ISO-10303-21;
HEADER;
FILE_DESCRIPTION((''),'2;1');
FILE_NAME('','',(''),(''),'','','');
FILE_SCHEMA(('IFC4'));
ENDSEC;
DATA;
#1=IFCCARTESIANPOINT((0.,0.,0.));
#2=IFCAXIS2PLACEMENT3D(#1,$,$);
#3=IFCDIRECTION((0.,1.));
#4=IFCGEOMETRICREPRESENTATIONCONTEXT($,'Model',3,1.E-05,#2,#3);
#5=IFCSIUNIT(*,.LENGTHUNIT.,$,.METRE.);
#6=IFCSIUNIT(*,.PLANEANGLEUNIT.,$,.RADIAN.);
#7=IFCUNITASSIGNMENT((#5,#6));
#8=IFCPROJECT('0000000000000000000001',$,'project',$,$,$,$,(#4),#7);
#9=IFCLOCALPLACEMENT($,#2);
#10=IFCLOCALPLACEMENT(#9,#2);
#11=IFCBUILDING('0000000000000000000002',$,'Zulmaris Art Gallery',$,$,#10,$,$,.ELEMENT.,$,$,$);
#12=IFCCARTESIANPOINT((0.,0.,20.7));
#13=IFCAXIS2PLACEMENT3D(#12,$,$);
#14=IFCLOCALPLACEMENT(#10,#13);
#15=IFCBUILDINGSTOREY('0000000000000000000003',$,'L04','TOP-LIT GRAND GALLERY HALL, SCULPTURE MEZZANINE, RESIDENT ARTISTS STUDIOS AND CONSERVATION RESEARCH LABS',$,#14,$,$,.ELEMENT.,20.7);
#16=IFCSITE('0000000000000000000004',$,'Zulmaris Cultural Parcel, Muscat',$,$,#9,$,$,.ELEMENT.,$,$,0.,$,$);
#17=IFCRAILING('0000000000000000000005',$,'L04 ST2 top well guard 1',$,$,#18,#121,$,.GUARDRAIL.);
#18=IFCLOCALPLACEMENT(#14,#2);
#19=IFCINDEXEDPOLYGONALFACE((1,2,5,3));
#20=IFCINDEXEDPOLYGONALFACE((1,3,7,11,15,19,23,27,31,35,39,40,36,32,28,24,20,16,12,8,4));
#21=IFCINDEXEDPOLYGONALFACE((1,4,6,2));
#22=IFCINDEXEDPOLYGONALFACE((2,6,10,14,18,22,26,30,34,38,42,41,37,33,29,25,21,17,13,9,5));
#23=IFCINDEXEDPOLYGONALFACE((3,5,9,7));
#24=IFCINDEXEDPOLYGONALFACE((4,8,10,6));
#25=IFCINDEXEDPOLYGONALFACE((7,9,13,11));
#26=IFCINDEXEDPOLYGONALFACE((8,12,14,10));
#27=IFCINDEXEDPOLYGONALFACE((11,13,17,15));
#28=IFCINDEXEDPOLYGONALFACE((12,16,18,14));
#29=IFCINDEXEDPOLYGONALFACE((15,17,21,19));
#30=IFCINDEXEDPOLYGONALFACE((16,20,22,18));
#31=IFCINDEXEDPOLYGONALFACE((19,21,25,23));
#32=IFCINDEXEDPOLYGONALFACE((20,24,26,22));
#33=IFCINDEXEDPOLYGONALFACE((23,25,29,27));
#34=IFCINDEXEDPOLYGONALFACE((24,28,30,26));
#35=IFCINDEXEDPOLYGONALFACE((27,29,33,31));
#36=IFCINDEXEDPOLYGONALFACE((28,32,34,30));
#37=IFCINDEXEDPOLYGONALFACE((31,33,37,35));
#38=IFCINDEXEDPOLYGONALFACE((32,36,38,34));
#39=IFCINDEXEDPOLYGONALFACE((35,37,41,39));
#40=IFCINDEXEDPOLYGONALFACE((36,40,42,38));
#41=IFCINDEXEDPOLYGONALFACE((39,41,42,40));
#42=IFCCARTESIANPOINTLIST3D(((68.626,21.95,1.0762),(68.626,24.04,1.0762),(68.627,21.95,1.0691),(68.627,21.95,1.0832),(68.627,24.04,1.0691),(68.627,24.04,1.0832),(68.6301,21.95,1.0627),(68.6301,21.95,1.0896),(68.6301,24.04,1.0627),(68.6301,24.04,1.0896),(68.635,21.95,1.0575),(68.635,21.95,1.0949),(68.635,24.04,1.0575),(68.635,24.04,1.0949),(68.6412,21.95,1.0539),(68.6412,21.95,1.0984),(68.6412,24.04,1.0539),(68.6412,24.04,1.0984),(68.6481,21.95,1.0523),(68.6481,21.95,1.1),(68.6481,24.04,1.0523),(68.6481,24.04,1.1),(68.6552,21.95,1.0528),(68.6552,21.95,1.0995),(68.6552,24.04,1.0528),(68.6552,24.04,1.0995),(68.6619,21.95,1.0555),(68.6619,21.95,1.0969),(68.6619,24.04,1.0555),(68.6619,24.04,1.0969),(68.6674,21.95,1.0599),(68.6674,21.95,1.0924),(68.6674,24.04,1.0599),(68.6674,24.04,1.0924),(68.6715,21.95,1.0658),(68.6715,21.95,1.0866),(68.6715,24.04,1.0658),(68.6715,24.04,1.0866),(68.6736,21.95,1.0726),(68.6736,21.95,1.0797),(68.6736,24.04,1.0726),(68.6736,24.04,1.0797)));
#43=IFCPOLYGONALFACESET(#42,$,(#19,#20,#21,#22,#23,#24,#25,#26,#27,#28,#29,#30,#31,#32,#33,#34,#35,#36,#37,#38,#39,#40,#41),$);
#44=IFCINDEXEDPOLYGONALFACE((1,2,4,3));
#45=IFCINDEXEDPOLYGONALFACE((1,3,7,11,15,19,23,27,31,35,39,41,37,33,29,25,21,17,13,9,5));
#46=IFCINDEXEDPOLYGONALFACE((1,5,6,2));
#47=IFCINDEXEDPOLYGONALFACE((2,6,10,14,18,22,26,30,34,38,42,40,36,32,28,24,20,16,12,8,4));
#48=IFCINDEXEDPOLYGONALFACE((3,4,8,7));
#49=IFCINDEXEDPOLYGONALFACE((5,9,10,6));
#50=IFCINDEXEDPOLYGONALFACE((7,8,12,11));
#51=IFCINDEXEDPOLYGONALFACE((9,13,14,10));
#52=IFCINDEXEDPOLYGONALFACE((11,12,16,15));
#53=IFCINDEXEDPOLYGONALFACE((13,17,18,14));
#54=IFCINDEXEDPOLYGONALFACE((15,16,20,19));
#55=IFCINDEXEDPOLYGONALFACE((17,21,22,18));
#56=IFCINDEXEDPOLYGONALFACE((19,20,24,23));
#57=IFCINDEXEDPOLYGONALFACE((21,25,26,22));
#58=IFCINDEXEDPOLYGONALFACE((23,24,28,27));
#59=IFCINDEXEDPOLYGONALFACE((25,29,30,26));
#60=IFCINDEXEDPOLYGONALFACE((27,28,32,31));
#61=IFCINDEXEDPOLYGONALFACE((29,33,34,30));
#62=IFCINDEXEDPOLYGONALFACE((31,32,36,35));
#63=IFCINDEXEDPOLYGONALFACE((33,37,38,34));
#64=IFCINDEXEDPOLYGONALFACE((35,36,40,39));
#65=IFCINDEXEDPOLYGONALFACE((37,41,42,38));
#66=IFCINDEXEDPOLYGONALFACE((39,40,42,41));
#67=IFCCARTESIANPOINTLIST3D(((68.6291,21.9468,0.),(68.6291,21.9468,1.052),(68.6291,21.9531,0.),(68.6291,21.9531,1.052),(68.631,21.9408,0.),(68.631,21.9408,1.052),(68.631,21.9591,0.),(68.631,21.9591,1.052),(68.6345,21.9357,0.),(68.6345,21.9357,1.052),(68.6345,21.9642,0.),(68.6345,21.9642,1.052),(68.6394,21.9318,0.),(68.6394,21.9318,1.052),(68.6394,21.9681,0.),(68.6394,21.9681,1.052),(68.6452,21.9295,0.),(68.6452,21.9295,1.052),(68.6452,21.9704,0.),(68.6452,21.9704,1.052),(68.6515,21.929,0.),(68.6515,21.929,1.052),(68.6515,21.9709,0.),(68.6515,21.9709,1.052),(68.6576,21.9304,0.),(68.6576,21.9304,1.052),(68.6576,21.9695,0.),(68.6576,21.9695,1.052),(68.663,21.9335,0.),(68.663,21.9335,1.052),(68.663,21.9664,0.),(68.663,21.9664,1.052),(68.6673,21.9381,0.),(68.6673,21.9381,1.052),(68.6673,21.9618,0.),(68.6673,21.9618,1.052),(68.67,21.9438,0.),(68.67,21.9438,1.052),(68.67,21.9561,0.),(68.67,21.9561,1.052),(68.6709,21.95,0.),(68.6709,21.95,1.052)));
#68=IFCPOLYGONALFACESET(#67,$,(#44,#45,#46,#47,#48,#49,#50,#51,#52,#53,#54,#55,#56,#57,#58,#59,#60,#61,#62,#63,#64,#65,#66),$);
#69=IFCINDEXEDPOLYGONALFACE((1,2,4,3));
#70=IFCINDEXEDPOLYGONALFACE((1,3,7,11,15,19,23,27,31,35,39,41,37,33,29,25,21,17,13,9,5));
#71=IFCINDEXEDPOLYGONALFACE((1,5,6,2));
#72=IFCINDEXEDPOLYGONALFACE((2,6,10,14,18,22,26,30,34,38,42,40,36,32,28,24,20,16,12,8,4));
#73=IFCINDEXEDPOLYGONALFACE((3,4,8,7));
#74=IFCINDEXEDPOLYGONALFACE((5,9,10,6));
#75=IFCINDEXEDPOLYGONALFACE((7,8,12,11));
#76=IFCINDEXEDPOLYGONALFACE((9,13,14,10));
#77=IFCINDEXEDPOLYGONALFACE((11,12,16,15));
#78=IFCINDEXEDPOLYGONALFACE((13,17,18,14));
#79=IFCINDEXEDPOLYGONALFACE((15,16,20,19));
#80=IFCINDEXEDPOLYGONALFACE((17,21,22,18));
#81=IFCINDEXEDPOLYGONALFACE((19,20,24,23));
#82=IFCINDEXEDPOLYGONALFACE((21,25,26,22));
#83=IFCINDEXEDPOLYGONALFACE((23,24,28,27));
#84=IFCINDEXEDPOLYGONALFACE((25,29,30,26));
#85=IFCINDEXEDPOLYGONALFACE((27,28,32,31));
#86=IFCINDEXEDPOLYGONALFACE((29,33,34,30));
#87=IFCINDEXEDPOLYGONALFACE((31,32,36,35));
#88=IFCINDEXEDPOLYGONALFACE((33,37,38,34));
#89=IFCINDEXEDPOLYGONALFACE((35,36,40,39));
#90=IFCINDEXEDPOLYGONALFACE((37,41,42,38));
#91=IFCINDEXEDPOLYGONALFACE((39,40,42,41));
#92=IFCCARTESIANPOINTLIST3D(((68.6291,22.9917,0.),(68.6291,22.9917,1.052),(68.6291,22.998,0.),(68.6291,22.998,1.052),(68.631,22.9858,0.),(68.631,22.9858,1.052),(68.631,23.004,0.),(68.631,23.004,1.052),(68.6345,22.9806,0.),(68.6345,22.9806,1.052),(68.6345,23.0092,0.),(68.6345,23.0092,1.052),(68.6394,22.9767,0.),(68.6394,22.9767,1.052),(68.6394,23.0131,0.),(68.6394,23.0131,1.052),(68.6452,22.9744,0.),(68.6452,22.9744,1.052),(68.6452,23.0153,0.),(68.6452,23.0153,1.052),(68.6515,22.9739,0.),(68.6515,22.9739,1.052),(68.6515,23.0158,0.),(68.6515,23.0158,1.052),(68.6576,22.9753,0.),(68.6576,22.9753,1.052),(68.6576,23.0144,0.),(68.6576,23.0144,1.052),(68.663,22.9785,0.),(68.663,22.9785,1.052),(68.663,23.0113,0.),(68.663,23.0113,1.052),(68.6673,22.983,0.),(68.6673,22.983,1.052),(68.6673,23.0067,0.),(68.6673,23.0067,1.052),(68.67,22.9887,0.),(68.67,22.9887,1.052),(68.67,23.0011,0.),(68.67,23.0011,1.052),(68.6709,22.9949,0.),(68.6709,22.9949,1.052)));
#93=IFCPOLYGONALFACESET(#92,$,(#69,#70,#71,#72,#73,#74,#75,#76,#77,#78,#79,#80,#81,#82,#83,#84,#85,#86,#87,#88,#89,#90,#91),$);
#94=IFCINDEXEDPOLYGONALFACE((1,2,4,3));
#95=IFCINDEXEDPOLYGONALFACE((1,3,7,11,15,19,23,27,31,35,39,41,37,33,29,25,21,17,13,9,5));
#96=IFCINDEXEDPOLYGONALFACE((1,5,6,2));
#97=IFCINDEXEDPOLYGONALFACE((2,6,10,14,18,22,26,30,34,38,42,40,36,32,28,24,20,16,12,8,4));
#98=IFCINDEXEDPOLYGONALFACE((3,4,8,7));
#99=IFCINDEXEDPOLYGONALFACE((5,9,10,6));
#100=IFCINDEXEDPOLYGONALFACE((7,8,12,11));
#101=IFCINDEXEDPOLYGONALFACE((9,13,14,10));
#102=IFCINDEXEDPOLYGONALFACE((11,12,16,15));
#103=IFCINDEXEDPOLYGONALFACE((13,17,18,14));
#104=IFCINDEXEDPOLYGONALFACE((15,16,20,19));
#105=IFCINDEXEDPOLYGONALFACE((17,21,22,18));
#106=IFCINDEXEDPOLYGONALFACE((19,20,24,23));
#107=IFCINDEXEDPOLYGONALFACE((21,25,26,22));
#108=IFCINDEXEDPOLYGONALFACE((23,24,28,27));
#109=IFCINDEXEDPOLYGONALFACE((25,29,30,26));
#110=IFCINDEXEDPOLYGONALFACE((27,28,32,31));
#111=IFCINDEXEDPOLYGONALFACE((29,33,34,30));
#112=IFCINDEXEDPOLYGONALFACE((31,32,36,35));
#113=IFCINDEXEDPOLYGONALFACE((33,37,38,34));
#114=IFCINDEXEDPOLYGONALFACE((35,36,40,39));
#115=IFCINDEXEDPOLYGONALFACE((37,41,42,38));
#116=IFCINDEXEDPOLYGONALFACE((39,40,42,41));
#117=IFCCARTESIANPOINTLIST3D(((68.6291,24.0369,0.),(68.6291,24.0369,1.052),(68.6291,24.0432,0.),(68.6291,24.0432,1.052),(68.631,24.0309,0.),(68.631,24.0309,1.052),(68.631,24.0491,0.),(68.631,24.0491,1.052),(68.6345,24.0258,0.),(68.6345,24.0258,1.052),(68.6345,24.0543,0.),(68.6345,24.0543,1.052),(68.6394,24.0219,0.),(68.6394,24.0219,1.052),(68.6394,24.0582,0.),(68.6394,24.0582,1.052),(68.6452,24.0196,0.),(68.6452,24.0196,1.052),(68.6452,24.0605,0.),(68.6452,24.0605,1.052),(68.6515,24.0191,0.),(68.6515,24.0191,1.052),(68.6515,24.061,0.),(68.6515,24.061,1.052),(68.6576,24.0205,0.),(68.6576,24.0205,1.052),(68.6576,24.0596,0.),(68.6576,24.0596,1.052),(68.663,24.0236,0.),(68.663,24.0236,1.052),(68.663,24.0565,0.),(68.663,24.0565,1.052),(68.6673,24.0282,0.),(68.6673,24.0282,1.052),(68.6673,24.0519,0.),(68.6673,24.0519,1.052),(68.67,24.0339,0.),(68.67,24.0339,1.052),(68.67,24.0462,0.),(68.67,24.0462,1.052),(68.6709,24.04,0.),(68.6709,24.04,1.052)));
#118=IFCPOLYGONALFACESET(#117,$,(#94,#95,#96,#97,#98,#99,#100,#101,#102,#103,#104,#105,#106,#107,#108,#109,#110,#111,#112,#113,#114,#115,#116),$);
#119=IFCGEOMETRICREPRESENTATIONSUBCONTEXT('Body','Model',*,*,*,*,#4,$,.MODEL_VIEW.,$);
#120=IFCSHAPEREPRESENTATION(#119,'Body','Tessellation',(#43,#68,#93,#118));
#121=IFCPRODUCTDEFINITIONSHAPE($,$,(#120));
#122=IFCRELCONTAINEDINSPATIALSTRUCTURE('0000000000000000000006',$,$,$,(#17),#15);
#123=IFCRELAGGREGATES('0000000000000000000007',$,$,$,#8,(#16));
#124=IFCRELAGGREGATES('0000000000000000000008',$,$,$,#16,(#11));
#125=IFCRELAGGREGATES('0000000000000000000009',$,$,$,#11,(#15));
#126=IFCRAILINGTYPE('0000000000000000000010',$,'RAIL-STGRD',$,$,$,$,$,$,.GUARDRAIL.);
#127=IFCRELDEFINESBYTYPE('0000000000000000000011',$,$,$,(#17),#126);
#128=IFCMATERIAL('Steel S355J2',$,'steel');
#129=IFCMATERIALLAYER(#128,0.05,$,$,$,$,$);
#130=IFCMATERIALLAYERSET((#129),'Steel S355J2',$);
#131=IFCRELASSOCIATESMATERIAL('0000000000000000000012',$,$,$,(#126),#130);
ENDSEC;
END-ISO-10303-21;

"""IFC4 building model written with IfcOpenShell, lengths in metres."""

from ifc_helpers import new_model, si_unit, direction, frame, origin, origin_2d, place, context, subcontext, project, spatial, circle, extrude, material, layer, layer_set, type_object, element, save


model = new_model("IFC4")

# Units and contexts
model_context = context("Model", 3, precision=1e-05, world=origin(), true_north=direction((0.0, 1.0)))
body_context = subcontext(model_context, "Body", "Model", "MODEL_VIEW")
ifc_project = project(units=[si_unit("LENGTHUNIT", "METRE"), si_unit("PLANEANGLEUNIT", "RADIAN")], contexts=[model_context])

# Site, building, storey
site_placement = place(None, origin())
site = spatial("IfcSite", under=ifc_project, at=site_placement, Name="Zulmaris Cultural Parcel, Muscat", CompositionType="ELEMENT", RefElevation=0.0)
building_placement = place(site_placement, origin())
building = spatial("IfcBuilding", under=site, at=building_placement, Name="Zulmaris Art Gallery", CompositionType="ELEMENT")
storey_placement = place(building_placement, frame((0.0, 0.0, 20.7)))
storey = spatial("IfcBuildingStorey", under=building, at=storey_placement, Name="L04", Description="TOP-LIT GRAND GALLERY HALL, SCULPTURE MEZZANINE, RESIDENT ARTISTS STUDIOS AND CONSERVATION RESEARCH LABS", CompositionType="ELEMENT", Elevation=20.7)

# Shared definitions
ifc_material_1 = material(Name="Steel S355J2", Category="steel")

# Railing
ifc_layer_1 = layer(ifc_material_1, 0.05)
ifc_layer_set_1 = layer_set([ifc_layer_1], Name="Steel S355J2")
railing_type = type_object("IfcRailingType", Name="RAIL-STGRD", PredefinedType="GUARDRAIL", material=ifc_layer_set_1)
railing_placement = place(storey_placement, frame((68.6499, 21.95, 0.0)))
element("IfcRailing", 1, at=railing_placement, inside=storey, type_object=railing_type, Name="L04 ST2 top well guard 1", PredefinedType="GUARDRAIL", context=body_context, shape_type="SweptSolid", body=[
    extrude(circle(Radius=0.0239, at=origin_2d()), frame((0.0, 0.0, 1.0762), z_axis=(0.0, 1.0, 0.0), x_axis=(-1.0, 0.0, 0.0)), (0.0, 0.0, 1.0), 2.0901),
    extrude(circle(Radius=0.021, at=origin_2d()), origin(), (0.0, 0.0, 1.0), 1.052),
    extrude(circle(Radius=0.021, at=origin_2d()), frame((0.0, 1.0449, 0.0)), (0.0, 0.0, 1.0), 1.052),
    extrude(circle(Radius=0.021, at=origin_2d()), frame((0.0, 2.0901, 0.0)), (0.0, 0.0, 1.0), 1.052),
])

save(model, "model.ifc")
